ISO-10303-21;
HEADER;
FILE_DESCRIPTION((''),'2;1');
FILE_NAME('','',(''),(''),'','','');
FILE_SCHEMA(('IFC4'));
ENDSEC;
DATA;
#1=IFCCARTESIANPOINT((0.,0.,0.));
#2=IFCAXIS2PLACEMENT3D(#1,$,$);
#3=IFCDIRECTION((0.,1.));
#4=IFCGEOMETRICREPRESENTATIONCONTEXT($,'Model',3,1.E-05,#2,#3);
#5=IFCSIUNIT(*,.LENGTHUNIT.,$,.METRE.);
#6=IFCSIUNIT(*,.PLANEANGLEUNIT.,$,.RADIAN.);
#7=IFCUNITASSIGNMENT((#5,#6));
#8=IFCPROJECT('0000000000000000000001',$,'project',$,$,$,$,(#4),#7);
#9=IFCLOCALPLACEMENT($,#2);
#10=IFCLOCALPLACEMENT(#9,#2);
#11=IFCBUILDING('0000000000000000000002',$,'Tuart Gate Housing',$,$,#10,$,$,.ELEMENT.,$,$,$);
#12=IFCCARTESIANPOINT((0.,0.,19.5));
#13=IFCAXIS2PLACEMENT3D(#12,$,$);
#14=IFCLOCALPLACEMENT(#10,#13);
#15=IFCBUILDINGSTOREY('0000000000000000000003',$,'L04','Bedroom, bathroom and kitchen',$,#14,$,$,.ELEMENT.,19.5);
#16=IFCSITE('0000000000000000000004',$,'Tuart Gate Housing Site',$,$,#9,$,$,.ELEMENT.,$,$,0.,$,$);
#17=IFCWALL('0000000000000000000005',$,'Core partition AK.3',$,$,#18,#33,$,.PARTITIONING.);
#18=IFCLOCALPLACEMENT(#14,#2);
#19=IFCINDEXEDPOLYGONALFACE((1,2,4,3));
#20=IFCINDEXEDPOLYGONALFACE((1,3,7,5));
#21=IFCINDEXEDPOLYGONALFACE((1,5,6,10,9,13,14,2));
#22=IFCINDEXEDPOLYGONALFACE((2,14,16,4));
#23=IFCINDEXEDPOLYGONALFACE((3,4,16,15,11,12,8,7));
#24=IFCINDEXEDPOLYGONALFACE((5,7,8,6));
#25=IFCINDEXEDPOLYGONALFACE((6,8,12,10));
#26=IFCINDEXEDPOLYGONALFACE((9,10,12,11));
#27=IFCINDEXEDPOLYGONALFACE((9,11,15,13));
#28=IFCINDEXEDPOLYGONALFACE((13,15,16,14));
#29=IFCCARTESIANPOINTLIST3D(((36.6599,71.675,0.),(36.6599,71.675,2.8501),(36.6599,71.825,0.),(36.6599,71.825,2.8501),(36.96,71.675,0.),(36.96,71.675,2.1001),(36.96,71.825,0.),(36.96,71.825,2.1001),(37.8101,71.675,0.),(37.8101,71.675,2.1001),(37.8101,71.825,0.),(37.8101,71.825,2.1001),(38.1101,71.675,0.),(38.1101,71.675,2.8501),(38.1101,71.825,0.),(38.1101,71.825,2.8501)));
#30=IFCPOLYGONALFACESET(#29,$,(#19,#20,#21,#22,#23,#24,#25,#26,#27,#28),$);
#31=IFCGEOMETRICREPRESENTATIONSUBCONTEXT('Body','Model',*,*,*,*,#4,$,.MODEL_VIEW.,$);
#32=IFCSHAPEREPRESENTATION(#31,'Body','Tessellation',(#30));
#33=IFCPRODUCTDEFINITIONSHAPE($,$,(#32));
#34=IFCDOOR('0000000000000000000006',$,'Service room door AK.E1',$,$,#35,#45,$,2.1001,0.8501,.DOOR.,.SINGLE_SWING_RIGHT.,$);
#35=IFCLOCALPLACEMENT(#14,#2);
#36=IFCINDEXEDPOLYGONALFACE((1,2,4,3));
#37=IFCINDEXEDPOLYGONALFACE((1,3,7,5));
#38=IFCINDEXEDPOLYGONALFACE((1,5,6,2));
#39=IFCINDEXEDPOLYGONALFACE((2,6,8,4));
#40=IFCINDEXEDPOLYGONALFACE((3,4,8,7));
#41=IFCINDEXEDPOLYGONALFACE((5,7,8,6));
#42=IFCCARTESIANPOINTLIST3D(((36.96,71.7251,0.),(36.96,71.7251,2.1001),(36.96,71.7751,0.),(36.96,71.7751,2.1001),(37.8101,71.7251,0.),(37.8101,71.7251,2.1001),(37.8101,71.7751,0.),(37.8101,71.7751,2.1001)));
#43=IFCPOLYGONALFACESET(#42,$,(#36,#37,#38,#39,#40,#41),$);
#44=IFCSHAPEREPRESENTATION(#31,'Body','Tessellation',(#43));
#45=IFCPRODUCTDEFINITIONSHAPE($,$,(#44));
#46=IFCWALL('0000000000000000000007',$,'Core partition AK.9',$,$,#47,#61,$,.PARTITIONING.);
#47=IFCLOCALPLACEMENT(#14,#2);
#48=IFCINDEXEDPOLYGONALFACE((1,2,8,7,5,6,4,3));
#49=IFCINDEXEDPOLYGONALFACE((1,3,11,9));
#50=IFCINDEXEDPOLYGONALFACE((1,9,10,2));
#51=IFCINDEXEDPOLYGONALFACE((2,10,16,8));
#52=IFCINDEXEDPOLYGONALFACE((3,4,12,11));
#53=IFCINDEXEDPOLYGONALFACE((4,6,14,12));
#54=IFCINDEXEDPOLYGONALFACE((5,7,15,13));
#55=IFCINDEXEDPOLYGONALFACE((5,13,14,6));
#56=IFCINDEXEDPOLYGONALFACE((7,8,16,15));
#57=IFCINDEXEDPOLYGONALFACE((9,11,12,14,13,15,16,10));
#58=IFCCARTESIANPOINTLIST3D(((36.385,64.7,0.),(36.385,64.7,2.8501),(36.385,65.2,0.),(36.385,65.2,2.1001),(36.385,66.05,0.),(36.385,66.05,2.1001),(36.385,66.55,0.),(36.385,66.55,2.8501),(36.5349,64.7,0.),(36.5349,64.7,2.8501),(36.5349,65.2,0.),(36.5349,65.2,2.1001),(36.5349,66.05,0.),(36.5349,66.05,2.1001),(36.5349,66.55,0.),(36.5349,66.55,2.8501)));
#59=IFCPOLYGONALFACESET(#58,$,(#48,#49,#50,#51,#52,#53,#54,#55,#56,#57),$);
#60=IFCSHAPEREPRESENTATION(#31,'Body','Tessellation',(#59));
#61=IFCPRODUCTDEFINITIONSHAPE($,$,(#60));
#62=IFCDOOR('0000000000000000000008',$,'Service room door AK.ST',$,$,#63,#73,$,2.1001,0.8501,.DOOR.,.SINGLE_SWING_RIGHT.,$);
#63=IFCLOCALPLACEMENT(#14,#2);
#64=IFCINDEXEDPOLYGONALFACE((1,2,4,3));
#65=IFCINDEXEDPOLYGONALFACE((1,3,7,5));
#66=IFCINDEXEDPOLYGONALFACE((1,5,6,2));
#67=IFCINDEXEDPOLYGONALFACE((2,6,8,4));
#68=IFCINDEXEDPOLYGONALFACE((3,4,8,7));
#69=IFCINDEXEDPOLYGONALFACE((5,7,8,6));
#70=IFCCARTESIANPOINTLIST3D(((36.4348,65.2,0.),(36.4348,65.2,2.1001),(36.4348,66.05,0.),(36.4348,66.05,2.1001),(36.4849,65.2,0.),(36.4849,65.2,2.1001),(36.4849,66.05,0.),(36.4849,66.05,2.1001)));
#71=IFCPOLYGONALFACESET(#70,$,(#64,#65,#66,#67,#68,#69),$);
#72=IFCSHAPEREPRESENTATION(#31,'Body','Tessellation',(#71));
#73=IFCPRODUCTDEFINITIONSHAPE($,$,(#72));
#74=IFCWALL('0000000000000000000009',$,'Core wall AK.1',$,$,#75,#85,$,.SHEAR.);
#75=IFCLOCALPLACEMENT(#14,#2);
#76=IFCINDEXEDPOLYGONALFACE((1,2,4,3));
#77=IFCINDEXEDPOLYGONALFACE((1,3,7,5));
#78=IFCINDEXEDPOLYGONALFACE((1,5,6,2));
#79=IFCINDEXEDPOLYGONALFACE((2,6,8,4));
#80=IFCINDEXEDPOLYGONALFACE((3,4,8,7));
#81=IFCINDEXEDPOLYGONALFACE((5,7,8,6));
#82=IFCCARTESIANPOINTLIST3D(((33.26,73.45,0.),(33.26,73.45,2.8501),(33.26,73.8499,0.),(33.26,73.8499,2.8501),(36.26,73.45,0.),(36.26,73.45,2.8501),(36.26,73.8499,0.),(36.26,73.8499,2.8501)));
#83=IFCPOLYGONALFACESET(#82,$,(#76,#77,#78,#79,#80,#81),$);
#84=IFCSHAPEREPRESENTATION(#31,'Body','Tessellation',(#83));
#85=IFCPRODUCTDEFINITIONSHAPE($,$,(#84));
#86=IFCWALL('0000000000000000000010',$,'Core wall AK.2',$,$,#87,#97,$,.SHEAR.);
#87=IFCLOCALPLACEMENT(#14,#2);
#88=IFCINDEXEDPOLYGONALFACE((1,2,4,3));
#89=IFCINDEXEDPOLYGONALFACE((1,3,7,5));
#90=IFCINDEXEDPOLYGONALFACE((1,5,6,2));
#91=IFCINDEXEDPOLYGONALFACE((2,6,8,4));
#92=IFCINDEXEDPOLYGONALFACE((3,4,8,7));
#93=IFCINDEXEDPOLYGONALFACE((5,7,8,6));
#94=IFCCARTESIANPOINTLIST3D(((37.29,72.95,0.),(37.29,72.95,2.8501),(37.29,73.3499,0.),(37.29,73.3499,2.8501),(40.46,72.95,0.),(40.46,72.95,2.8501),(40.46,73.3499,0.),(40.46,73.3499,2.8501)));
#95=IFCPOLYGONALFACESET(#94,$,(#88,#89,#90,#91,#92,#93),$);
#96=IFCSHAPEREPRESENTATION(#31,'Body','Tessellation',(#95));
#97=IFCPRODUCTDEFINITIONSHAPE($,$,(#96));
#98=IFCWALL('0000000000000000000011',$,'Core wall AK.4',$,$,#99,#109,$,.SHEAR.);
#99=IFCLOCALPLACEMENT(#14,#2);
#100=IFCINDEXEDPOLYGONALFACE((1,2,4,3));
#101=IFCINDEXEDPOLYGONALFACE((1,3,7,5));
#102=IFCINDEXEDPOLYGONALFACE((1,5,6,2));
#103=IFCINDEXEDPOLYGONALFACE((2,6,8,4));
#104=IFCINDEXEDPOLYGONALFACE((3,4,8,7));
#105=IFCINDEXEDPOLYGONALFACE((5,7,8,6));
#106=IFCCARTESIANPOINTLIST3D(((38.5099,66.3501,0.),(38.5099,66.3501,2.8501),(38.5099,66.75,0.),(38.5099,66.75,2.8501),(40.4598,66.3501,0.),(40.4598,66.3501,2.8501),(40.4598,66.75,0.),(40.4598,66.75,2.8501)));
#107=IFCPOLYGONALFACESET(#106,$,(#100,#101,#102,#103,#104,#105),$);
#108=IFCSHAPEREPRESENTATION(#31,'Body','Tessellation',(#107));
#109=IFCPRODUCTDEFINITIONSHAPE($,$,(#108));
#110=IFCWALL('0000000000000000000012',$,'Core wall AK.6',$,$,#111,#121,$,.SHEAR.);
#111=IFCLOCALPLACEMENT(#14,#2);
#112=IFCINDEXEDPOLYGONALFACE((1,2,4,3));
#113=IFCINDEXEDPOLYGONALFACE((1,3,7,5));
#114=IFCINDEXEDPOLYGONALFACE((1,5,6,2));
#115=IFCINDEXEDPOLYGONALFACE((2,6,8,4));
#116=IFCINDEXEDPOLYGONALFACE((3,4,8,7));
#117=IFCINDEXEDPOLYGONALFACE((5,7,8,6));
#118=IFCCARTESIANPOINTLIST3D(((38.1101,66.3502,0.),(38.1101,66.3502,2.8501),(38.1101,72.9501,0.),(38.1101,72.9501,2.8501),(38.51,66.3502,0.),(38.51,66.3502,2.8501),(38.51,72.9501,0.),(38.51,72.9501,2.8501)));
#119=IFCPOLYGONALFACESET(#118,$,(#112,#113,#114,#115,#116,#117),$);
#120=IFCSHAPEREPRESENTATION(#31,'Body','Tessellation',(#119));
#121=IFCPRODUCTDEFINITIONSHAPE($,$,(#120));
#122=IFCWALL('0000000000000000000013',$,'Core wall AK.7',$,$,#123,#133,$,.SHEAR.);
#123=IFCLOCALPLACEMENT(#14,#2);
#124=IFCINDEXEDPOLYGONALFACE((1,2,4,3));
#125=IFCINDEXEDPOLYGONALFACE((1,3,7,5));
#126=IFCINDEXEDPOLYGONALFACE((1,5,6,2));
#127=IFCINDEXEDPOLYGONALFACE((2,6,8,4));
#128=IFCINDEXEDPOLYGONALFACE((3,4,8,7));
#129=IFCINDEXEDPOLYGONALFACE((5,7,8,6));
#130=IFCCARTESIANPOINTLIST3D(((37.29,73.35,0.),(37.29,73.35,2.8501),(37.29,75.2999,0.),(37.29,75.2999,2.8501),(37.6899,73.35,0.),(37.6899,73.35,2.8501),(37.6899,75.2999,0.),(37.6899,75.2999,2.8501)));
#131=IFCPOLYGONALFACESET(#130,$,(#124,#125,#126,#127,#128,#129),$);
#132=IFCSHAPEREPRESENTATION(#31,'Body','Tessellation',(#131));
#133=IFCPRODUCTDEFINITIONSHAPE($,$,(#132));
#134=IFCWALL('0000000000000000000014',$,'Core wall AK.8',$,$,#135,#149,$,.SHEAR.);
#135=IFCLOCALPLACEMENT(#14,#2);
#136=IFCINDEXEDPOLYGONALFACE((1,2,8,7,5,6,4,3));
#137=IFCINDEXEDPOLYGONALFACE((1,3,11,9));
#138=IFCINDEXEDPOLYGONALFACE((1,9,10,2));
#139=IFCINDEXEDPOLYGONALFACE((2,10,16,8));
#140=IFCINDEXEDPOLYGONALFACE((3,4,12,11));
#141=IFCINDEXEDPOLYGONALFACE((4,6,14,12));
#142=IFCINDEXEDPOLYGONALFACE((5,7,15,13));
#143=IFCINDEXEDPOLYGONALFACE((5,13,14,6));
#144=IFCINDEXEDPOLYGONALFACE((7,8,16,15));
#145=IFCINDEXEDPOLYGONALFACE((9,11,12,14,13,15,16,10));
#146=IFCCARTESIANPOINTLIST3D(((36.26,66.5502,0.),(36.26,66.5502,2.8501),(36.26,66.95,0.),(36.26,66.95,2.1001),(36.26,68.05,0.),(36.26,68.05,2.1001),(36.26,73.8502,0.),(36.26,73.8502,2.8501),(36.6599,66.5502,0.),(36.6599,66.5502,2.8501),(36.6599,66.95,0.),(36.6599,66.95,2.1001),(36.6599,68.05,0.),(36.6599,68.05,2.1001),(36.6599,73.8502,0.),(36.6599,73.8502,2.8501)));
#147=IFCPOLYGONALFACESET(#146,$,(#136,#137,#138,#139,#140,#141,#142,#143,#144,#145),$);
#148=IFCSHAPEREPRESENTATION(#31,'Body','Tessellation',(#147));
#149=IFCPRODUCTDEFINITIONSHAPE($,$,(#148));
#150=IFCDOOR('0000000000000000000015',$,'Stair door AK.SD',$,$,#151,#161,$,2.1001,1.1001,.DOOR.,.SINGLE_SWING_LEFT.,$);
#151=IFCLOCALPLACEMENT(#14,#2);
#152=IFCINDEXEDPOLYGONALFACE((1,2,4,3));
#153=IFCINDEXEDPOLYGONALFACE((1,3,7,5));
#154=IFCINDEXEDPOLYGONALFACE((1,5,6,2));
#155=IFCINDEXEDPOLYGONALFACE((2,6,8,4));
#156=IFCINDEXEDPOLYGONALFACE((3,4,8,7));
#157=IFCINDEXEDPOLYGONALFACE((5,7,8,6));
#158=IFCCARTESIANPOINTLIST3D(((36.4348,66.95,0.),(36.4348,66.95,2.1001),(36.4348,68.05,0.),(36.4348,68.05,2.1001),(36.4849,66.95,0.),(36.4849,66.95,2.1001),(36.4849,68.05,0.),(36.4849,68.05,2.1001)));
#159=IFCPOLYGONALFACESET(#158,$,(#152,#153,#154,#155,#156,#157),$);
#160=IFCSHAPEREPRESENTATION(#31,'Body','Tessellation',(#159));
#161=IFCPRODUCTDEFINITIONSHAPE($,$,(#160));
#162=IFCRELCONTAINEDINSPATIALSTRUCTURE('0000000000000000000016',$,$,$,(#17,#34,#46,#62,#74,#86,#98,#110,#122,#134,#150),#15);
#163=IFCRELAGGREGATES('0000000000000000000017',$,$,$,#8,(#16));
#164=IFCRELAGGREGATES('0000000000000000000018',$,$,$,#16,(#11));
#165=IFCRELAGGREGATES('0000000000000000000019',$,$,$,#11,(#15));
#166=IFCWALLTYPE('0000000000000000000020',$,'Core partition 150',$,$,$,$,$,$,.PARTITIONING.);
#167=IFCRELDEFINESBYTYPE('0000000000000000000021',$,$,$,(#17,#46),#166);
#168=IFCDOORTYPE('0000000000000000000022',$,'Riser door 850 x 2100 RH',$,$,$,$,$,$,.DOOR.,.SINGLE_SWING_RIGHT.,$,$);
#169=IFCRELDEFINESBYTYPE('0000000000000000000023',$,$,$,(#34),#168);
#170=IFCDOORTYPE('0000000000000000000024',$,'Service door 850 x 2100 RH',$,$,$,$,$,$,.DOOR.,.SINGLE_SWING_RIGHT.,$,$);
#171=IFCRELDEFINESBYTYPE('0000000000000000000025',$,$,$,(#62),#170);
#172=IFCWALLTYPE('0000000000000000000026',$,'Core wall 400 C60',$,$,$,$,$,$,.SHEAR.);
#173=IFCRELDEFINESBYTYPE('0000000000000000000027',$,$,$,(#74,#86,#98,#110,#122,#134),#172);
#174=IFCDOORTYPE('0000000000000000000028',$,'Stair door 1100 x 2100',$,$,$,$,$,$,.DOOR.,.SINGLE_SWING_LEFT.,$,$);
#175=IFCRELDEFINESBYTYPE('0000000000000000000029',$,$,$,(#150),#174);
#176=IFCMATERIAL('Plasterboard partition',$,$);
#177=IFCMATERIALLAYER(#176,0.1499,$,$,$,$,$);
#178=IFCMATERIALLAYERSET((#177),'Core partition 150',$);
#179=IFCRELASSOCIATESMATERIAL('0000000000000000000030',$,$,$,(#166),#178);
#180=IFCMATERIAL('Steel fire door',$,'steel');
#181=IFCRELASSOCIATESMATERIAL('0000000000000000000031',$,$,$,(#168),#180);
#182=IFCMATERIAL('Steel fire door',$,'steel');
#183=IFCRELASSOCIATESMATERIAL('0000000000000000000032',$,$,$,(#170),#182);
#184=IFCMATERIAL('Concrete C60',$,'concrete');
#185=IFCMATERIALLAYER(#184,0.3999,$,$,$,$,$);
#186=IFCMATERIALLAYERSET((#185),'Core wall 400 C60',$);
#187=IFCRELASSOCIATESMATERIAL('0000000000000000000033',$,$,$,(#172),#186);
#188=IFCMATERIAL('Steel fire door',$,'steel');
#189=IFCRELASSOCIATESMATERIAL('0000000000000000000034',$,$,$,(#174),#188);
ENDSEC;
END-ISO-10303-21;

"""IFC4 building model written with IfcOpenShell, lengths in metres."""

from ifc_helpers import new_model, si_unit, direction, frame, frame_2d, origin, place, context, subcontext, project, spatial, rectangle, extrude, material, layer, layer_set, type_object, element, fill, save


model = new_model("IFC4")

# Units and contexts
model_context = context("Model", 3, precision=1e-05, world=origin(), true_north=direction((0.0, 1.0)))
body_context = subcontext(model_context, "Body", "Model", "MODEL_VIEW")
ifc_project = project(units=[si_unit("LENGTHUNIT", "METRE"), si_unit("PLANEANGLEUNIT", "RADIAN")], contexts=[model_context])

# Site, building, storey
site_placement = place(None, origin())
site = spatial("IfcSite", under=ifc_project, at=site_placement, Name="Tuart Gate Housing Site", CompositionType="ELEMENT", RefElevation=0.0)
building_placement = place(site_placement, origin())
building = spatial("IfcBuilding", under=site, at=building_placement, Name="Tuart Gate Housing", CompositionType="ELEMENT")
storey_placement = place(building_placement, frame((0.0, 0.0, 19.5)))
storey = spatial("IfcBuildingStorey", under=building, at=storey_placement, Name="L04", Description="Bedroom, bathroom and kitchen", CompositionType="ELEMENT", Elevation=19.5)

# Walls, openings, doors
ifc_material_1 = material(Name="Plasterboard partition")
ifc_layer_1 = layer(ifc_material_1, 0.1499)
ifc_layer_set_1 = layer_set([ifc_layer_1], Name="Core partition 150")
wall_type_1 = type_object("IfcWallType", Name="Core partition 150", PredefinedType="PARTITIONING", material=ifc_layer_set_1)
wall_1_placement = place(storey_placement, frame((38.1101, 71.75, 0.0), z_axis=(0.0, 0.0, 1.0), x_axis=(-1.0, 0.0, 0.0)))
wall_1 = element("IfcWall", 1, at=wall_1_placement, inside=storey, type_object=wall_type_1, Name="Core partition AK.3", PredefinedType="PARTITIONING", context=body_context, shape_type="SweptSolid", body=[
    extrude(rectangle(XDim=1.4502, YDim=0.1499, at=frame_2d((0.7251, 0.0))), origin(), (0.0, 0.0, 1.0), 2.8501),
])
opening_1_placement = place(wall_1_placement, frame((0.3, 0.0, 0.0)))
opening_1 = element("IfcOpeningElement", 2, at=opening_1_placement, cuts=wall_1, PredefinedType="OPENING", context=body_context, shape_type="SweptSolid", body=[
    extrude(rectangle(XDim=0.8501, YDim=2.1001, at=frame_2d((0.425, 1.05))), frame((0.0, 0.085, 0.0), z_axis=(0.0, -1.0, 0.0), x_axis=(1.0, 0.0, 0.0)), (0.0, 0.0, 1.0), 0.1699),
])
ifc_material_2 = material(Name="Steel fire door", Category="steel")
door_type_1 = type_object("IfcDoorType", Name="Riser door 850 x 2100 RH", OperationType="SINGLE_SWING_RIGHT", PredefinedType="DOOR", material=ifc_material_2)
door_1_placement = place(opening_1_placement, frame((0.8501, 0.0, 0.0), z_axis=(0.0, 0.0, 1.0), x_axis=(-1.0, 0.0, 0.0)))
door_1 = element("IfcDoor", 3, at=door_1_placement, inside=storey, type_object=door_type_1, Name="Service room door AK.E1", OperationType="SINGLE_SWING_RIGHT", OverallHeight=2.1001, OverallWidth=0.8501, PredefinedType="DOOR", context=body_context, shape_type="SweptSolid", body=[
    extrude(rectangle(XDim=0.8501, YDim=2.1001, at=frame_2d((0.425, 1.05))), frame((0.0, 0.0251, 0.0), z_axis=(0.0, -1.0, 0.0), x_axis=(1.0, 0.0, 0.0)), (0.0, 0.0, 1.0), 0.05),
])
fill(opening_1, door_1)
wall_2_placement = place(storey_placement, frame((36.46, 66.55, 0.0), z_axis=(0.0, 0.0, 1.0), x_axis=(0.0, -1.0, 0.0)))
wall_2 = element("IfcWall", 4, at=wall_2_placement, inside=storey, type_object=wall_type_1, Name="Core partition AK.9", PredefinedType="PARTITIONING", context=body_context, shape_type="SweptSolid", body=[
    extrude(rectangle(XDim=1.8501, YDim=0.1499, at=frame_2d((0.925, 0.0))), origin(), (0.0, 0.0, 1.0), 2.8501),
])
opening_2_placement = place(wall_2_placement, frame((0.5, 0.0, 0.0)))
opening_2 = element("IfcOpeningElement", 5, at=opening_2_placement, cuts=wall_2, PredefinedType="OPENING", context=body_context, shape_type="SweptSolid", body=[
    extrude(rectangle(XDim=0.8501, YDim=2.1001, at=frame_2d((0.425, 1.05))), frame((0.0, 0.085, 0.0), z_axis=(0.0, -1.0, 0.0), x_axis=(1.0, 0.0, 0.0)), (0.0, 0.0, 1.0), 0.1699),
])
ifc_material_3 = material(Name="Steel fire door", Category="steel")
door_type_2 = type_object("IfcDoorType", Name="Service door 850 x 2100 RH", OperationType="SINGLE_SWING_RIGHT", PredefinedType="DOOR", material=ifc_material_3)
door_2_placement = place(opening_2_placement, frame((0.8501, 0.0, 0.0), z_axis=(0.0, 0.0, 1.0), x_axis=(-1.0, 0.0, 0.0)))
door_2 = element("IfcDoor", 6, at=door_2_placement, inside=storey, type_object=door_type_2, Name="Service room door AK.ST", OperationType="SINGLE_SWING_RIGHT", OverallHeight=2.1001, OverallWidth=0.8501, PredefinedType="DOOR", context=body_context, shape_type="SweptSolid", body=[
    extrude(rectangle(XDim=0.8501, YDim=2.1001, at=frame_2d((0.425, 1.05))), frame((0.0, 0.0251, 0.0), z_axis=(0.0, -1.0, 0.0), x_axis=(1.0, 0.0, 0.0)), (0.0, 0.0, 1.0), 0.05),
])
fill(opening_2, door_2)

# Walls
ifc_material_4 = material(Name="Concrete C60", Category="concrete")
ifc_layer_2 = layer(ifc_material_4, 0.3999)
ifc_layer_set_2 = layer_set([ifc_layer_2], Name="Core wall 400 C60")
wall_type_2 = type_object("IfcWallType", Name="Core wall 400 C60", PredefinedType="SHEAR", material=ifc_layer_set_2)
wall_3_placement = place(storey_placement, frame((36.26, 73.6499, 0.0), z_axis=(0.0, 0.0, 1.0), x_axis=(-1.0, 0.0, 0.0)))
element("IfcWall", 7, at=wall_3_placement, inside=storey, type_object=wall_type_2, Name="Core wall AK.1", PredefinedType="SHEAR", context=body_context, shape_type="SweptSolid", body=[
    extrude(rectangle(XDim=3.0, YDim=0.3999, at=frame_2d((1.5, 0.0))), origin(), (0.0, 0.0, 1.0), 2.8501),
])
wall_4_placement = place(storey_placement, frame((40.46, 73.1499, 0.0), z_axis=(0.0, 0.0, 1.0), x_axis=(-1.0, 0.0, 0.0)))
element("IfcWall", 8, at=wall_4_placement, inside=storey, type_object=wall_type_2, Name="Core wall AK.2", PredefinedType="SHEAR", context=body_context, shape_type="SweptSolid", body=[
    extrude(rectangle(XDim=3.1699, YDim=0.3999, at=frame_2d((1.585, 0.0))), origin(), (0.0, 0.0, 1.0), 2.8501),
])
wall_5_placement = place(storey_placement, frame((40.46, 66.55, 0.0), z_axis=(0.0, 0.0, 1.0), x_axis=(-1.0, 0.0, 0.0)))
element("IfcWall", 9, at=wall_5_placement, inside=storey, type_object=wall_type_2, Name="Core wall AK.4", PredefinedType="SHEAR", context=body_context, shape_type="SweptSolid", body=[
    extrude(rectangle(XDim=1.95, YDim=0.3999, at=frame_2d((0.9751, 0.0))), origin(), (0.0, 0.0, 1.0), 2.8501),
])
wall_6_placement = place(storey_placement, frame((38.3101, 72.95, 0.0), z_axis=(0.0, 0.0, 1.0), x_axis=(0.0, -1.0, 0.0)))
element("IfcWall", 10, at=wall_6_placement, inside=storey, type_object=wall_type_2, Name="Core wall AK.6", PredefinedType="SHEAR", context=body_context, shape_type="SweptSolid", body=[
    extrude(rectangle(XDim=6.5999, YDim=0.3999, at=frame_2d((3.2998, 0.0))), origin(), (0.0, 0.0, 1.0), 2.8501),
])
wall_7_placement = place(storey_placement, frame((37.49, 75.3, 0.0), z_axis=(0.0, 0.0, 1.0), x_axis=(0.0, -1.0, 0.0)))
element("IfcWall", 11, at=wall_7_placement, inside=storey, type_object=wall_type_2, Name="Core wall AK.7", PredefinedType="SHEAR", context=body_context, shape_type="SweptSolid", body=[
    extrude(rectangle(XDim=1.95, YDim=0.3999, at=frame_2d((0.9751, 0.0))), origin(), (0.0, 0.0, 1.0), 2.8501),
])

# Wall, opening, door
wall_8_placement = place(storey_placement, frame((36.46, 73.8501, 0.0), z_axis=(0.0, 0.0, 1.0), x_axis=(0.0, -1.0, 0.0)))
wall_8 = element("IfcWall", 12, at=wall_8_placement, inside=storey, type_object=wall_type_2, Name="Core wall AK.8", PredefinedType="SHEAR", context=body_context, shape_type="SweptSolid", body=[
    extrude(rectangle(XDim=7.3, YDim=0.3999, at=frame_2d((3.6499, 0.0))), origin(), (0.0, 0.0, 1.0), 2.8501),
])
opening_3_placement = place(wall_8_placement, frame((5.8, 0.0, 0.0)))
opening_3 = element("IfcOpeningElement", 13, at=opening_3_placement, cuts=wall_8, PredefinedType="OPENING", context=body_context, shape_type="SweptSolid", body=[
    extrude(rectangle(XDim=1.1001, YDim=2.1001, at=frame_2d((0.55, 1.05))), frame((0.0, 0.21, 0.0), z_axis=(0.0, -1.0, 0.0), x_axis=(1.0, 0.0, 0.0)), (0.0, 0.0, 1.0), 0.4199),
])
ifc_material_5 = material(Name="Steel fire door", Category="steel")
door_type_3 = type_object("IfcDoorType", Name="Stair door 1100 x 2100", OperationType="SINGLE_SWING_LEFT", PredefinedType="DOOR", material=ifc_material_5)
door_3_placement = place(opening_3_placement, frame((1.1001, 0.0, 0.0), z_axis=(0.0, 0.0, 1.0), x_axis=(-1.0, 0.0, 0.0)))
door_3 = element("IfcDoor", 14, at=door_3_placement, inside=storey, type_object=door_type_3, Name="Stair door AK.SD", OperationType="SINGLE_SWING_LEFT", OverallHeight=2.1001, OverallWidth=1.1001, PredefinedType="DOOR", context=body_context, shape_type="SweptSolid", body=[
    extrude(rectangle(XDim=1.1001, YDim=2.1001, at=frame_2d((0.55, 1.05))), frame((0.0, 0.0251, 0.0), z_axis=(0.0, -1.0, 0.0), x_axis=(1.0, 0.0, 0.0)), (0.0, 0.0, 1.0), 0.05),
])
fill(opening_3, door_3)

save(model, "model.ifc")
